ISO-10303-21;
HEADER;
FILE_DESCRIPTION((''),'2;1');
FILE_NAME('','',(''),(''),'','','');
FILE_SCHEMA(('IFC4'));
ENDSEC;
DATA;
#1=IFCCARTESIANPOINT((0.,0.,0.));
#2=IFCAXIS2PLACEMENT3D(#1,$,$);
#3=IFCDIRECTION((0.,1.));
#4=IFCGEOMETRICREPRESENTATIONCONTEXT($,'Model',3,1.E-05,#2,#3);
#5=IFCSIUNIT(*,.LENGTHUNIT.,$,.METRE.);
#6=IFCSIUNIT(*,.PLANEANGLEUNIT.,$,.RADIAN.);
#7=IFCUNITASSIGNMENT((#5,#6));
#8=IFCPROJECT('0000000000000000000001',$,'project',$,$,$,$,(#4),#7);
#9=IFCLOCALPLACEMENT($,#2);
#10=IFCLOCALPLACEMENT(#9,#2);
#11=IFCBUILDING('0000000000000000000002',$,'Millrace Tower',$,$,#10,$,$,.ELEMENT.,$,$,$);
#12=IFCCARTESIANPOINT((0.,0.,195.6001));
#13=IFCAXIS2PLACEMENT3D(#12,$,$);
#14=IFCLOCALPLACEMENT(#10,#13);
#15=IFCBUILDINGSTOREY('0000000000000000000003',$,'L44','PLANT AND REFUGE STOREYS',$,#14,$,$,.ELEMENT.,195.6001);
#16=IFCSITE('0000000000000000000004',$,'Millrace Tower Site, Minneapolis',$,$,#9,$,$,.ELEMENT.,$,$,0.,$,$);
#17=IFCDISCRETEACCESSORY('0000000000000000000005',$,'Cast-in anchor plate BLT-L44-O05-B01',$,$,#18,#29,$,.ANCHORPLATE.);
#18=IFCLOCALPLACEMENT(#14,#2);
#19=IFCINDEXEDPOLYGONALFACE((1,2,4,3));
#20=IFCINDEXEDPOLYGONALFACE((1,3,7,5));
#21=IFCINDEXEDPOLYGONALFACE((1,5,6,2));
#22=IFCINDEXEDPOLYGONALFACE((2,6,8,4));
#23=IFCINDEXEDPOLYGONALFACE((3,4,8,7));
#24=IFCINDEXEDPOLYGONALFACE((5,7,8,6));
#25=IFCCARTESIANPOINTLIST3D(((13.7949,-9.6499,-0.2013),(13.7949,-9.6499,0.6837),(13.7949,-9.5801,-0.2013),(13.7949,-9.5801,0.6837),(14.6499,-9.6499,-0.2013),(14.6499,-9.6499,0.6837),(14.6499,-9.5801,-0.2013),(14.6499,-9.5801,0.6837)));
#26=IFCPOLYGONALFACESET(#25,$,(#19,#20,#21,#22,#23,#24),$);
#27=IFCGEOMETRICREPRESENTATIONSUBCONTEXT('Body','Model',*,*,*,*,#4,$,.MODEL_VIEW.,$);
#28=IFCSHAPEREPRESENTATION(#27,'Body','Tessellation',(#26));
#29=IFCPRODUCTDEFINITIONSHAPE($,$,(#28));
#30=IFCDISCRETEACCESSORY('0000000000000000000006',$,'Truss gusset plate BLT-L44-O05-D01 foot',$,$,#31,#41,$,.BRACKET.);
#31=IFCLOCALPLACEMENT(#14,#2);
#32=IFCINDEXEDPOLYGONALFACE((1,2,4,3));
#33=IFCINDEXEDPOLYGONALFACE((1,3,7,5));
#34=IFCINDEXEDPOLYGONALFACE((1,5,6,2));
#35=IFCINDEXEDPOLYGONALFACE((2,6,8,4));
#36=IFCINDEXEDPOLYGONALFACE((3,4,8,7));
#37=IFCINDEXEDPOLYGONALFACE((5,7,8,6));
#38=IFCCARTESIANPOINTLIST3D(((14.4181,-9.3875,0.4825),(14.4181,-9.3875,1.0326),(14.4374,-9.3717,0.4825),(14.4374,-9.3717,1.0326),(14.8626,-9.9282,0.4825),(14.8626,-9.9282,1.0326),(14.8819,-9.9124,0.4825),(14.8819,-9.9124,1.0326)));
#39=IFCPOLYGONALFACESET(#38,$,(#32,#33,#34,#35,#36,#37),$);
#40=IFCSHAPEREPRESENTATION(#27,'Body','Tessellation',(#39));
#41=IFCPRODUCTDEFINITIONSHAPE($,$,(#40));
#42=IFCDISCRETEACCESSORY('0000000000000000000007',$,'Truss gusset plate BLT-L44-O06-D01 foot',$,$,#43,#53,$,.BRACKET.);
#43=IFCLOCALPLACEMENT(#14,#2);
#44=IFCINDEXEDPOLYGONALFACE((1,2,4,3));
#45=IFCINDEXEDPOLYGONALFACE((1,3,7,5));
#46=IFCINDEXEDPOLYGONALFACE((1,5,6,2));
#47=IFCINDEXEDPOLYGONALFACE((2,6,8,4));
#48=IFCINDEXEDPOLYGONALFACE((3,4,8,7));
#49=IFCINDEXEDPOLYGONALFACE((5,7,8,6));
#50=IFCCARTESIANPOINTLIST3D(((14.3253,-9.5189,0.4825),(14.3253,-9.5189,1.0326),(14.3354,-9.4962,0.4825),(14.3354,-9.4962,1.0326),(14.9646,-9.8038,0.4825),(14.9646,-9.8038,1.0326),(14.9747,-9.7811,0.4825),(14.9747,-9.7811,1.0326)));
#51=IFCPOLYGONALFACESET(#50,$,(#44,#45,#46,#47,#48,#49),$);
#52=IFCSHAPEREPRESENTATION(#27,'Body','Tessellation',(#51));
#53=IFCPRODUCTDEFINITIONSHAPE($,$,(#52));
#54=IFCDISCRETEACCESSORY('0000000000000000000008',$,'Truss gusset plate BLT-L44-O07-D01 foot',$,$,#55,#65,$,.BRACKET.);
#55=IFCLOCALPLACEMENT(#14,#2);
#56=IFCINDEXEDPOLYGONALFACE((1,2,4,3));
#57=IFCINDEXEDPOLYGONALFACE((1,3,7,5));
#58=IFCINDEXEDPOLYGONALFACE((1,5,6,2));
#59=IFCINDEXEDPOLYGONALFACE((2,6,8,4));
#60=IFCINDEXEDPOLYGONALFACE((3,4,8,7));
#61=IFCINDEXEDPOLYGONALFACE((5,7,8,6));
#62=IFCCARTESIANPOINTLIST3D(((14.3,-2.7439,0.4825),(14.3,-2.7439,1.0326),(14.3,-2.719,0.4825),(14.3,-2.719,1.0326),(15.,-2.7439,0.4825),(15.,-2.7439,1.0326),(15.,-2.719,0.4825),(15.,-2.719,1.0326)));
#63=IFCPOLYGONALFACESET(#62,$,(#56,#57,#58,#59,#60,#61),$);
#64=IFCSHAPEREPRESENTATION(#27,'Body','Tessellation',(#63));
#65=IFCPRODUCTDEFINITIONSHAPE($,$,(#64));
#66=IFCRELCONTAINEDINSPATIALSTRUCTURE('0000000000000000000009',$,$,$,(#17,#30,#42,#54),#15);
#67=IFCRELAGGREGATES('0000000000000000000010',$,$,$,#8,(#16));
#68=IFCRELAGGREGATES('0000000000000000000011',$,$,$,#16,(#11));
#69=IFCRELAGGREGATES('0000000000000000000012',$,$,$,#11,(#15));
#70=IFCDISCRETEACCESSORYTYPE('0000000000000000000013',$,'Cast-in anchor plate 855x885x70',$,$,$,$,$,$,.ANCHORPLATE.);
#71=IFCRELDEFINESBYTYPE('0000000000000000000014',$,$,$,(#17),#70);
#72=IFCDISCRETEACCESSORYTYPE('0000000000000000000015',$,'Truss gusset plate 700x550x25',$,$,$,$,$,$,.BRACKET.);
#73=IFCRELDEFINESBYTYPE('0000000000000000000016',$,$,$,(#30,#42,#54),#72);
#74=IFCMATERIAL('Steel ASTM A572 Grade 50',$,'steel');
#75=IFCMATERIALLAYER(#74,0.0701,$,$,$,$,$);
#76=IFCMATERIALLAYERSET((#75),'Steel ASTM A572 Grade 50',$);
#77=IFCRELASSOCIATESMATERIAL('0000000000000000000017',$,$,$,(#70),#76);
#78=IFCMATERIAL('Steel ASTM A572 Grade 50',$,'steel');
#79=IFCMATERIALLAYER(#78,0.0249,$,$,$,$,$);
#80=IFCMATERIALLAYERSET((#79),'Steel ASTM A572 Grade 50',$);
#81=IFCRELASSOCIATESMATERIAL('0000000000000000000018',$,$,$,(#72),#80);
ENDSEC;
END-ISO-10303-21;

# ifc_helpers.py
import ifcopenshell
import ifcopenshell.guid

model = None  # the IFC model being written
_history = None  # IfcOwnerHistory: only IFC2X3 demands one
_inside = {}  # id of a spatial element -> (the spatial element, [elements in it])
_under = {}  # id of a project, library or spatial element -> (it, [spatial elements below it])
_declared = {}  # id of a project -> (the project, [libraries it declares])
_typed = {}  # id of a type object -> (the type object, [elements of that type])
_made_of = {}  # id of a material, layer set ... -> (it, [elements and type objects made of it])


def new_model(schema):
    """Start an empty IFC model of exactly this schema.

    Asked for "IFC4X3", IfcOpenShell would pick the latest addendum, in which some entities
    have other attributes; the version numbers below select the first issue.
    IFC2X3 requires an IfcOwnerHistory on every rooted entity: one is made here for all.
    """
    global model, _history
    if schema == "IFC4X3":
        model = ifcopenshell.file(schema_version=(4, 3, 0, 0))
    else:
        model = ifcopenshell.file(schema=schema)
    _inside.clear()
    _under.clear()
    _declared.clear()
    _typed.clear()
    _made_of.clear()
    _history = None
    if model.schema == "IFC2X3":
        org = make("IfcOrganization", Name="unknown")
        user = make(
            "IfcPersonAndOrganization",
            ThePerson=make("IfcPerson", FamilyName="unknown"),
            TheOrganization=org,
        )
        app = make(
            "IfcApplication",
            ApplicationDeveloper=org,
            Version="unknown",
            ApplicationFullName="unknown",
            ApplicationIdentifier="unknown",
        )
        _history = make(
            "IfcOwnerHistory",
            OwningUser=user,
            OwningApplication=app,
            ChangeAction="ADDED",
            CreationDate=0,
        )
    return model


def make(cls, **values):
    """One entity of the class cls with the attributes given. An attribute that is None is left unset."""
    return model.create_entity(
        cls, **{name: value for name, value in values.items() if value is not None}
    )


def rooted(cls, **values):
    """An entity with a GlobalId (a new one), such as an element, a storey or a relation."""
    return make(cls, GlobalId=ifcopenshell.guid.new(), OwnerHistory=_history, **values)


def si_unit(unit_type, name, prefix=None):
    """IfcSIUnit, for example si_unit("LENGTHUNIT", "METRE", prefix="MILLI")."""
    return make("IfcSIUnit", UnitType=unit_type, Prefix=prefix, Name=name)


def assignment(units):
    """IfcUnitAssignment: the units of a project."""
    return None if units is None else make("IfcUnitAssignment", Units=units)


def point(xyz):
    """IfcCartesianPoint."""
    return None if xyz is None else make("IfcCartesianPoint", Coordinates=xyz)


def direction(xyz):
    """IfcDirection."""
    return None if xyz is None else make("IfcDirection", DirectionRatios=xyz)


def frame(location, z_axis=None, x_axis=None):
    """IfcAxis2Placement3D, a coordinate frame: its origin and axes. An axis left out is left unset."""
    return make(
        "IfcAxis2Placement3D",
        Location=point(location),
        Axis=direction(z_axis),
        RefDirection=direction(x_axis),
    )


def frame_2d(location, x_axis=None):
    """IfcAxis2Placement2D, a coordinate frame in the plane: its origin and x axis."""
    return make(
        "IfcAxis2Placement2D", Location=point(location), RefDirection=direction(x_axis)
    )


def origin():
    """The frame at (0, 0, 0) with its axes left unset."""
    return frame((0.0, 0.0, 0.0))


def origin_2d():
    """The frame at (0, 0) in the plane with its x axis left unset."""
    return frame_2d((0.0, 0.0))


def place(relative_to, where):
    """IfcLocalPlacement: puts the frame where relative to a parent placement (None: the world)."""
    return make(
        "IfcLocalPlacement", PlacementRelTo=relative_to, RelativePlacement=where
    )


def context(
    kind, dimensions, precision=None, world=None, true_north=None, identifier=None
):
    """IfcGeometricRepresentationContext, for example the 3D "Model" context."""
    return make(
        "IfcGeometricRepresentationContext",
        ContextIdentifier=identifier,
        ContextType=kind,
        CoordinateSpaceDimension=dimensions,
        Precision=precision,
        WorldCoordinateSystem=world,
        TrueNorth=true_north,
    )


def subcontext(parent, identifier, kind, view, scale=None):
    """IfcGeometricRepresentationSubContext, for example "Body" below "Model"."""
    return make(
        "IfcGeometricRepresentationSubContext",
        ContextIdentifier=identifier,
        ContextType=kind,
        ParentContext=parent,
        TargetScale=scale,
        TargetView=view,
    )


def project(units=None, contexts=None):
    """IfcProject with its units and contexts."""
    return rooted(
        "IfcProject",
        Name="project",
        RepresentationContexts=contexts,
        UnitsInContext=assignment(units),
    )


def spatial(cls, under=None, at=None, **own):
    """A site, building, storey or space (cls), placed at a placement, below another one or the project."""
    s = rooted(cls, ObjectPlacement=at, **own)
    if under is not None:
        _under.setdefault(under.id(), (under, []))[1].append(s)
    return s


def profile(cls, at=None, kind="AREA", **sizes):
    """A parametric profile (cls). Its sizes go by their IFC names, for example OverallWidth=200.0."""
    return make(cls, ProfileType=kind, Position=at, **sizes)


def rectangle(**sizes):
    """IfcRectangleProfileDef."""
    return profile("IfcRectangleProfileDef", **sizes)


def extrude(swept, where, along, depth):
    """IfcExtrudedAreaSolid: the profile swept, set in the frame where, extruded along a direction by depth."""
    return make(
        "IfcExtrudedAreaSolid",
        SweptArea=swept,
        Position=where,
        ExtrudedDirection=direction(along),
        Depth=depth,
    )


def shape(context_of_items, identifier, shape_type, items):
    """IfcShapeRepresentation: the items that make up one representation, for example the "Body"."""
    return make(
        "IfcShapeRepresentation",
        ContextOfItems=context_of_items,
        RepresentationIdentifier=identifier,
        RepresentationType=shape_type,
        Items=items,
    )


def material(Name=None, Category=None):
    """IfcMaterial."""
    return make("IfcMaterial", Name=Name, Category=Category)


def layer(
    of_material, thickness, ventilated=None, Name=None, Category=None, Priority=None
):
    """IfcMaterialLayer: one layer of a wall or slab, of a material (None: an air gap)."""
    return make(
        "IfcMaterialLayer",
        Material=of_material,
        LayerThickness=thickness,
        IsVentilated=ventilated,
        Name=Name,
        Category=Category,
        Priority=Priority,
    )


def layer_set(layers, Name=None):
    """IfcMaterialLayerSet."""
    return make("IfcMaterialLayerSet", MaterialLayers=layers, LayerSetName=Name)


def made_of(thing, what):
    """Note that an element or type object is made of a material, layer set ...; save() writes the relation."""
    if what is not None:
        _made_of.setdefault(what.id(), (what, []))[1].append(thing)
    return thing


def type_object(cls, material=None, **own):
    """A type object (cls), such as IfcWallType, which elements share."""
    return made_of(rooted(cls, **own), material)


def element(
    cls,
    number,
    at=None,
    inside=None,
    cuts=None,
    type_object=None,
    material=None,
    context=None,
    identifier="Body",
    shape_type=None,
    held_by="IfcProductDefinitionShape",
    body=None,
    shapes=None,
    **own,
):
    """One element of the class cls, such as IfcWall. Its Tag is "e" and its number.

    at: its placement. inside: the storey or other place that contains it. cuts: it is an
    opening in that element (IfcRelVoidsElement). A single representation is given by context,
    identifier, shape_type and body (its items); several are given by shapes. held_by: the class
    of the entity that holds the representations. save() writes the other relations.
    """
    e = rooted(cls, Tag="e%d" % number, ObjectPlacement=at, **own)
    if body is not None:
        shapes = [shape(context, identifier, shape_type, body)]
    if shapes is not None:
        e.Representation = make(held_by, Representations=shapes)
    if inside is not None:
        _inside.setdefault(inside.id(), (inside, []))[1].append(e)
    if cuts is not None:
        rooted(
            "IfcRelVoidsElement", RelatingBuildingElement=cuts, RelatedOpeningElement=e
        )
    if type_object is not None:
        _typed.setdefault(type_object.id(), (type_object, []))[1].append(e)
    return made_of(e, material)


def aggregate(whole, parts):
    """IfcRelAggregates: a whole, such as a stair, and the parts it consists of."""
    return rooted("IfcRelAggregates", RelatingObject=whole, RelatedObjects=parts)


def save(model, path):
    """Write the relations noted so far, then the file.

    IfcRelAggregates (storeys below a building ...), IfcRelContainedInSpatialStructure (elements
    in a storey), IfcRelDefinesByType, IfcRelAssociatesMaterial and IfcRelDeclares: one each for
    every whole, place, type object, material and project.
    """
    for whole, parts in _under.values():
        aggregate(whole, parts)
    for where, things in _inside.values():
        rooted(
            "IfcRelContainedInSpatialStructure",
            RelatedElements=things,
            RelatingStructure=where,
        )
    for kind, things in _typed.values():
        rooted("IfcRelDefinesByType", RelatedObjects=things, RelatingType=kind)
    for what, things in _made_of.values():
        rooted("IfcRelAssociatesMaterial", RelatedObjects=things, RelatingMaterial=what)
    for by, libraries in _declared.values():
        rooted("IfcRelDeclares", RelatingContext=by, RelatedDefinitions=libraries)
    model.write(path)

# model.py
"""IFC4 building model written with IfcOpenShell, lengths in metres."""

from ifc_helpers import new_model, si_unit, direction, frame, origin, origin_2d, place, context, subcontext, project, spatial, rectangle, extrude, material, layer, layer_set, type_object, element, save


model = new_model("IFC4")

# Units and contexts
model_context = context("Model", 3, precision=1e-05, world=origin(), true_north=direction((0.0, 1.0)))
body_context = subcontext(model_context, "Body", "Model", "MODEL_VIEW")
ifc_project = project(units=[si_unit("LENGTHUNIT", "METRE"), si_unit("PLANEANGLEUNIT", "RADIAN")], contexts=[model_context])

# Site, building, storey
site_placement = place(None, origin())
site = spatial("IfcSite", under=ifc_project, at=site_placement, Name="Millrace Tower Site, Minneapolis", CompositionType="ELEMENT", RefElevation=0.0)
building_placement = place(site_placement, origin())
building = spatial("IfcBuilding", under=site, at=building_placement, Name="Millrace Tower", CompositionType="ELEMENT")
storey_placement = place(building_placement, frame((0.0, 0.0, 195.6001)))
storey = spatial("IfcBuildingStorey", under=building, at=storey_placement, Name="L44", Description="PLANT AND REFUGE STOREYS", CompositionType="ELEMENT", Elevation=195.6001)

# Discrete accessories
ifc_material_1 = material(Name="Steel ASTM A572 Grade 50", Category="steel")
ifc_layer_1 = layer(ifc_material_1, 0.0701)
ifc_layer_set_1 = layer_set([ifc_layer_1], Name="Steel ASTM A572 Grade 50")
discrete_accessory_type_1 = type_object("IfcDiscreteAccessoryType", Name="Cast-in anchor plate 855x885x70", PredefinedType="ANCHORPLATE", material=ifc_layer_set_1)
discrete_accessory_1_placement = place(storey_placement, frame((14.2224, -9.5801, 0.2412), z_axis=(0.0, -1.0, 0.0), x_axis=(1.0, 0.0, 0.0)))
element("IfcDiscreteAccessory", 1, at=discrete_accessory_1_placement, inside=storey, type_object=discrete_accessory_type_1, Name="Cast-in anchor plate BLT-L44-O05-B01", PredefinedType="ANCHORPLATE", context=body_context, shape_type="SweptSolid", body=[
    extrude(rectangle(XDim=0.855, YDim=0.885, at=origin_2d()), origin(), (0.0, 0.0, 1.0), 0.0698),
])
ifc_material_2 = material(Name="Steel ASTM A572 Grade 50", Category="steel")
ifc_layer_2 = layer(ifc_material_2, 0.0249)
ifc_layer_set_2 = layer_set([ifc_layer_2], Name="Steel ASTM A572 Grade 50")
discrete_accessory_type_2 = type_object("IfcDiscreteAccessoryType", Name="Truss gusset plate 700x550x25", PredefinedType="BRACKET", material=ifc_layer_set_2)
for number, where, z_axis, x_axis, name in (
    (2, (14.4277, -9.3796, 0.7576), (0.635059, -0.772464, 0.0), (0.772464, 0.635059, 0.0), "Truss gusset plate BLT-L44-O05-D01 foot"),
    (3, (14.3303, -9.5076, 0.7576), (0.913423, -0.407012, 0.0), (0.407012, 0.913423, 0.0), "Truss gusset plate BLT-L44-O06-D01 foot"),
    (4, (14.3, -2.7314, 0.7576), (1.0, 0.0, 0.0), (0.0, 1.0, 0.0), "Truss gusset plate BLT-L44-O07-D01 foot"),
):
    element("IfcDiscreteAccessory", number, at=place(storey_placement, frame(where, z_axis=z_axis, x_axis=x_axis)), inside=storey, type_object=discrete_accessory_type_2, Name=name, PredefinedType="BRACKET", context=body_context, shape_type="SweptSolid", body=[
        extrude(rectangle(XDim=0.0249, YDim=0.55, at=origin_2d()), origin(), (0.0, 0.0, 1.0), 0.7),
    ])

save(model, "model.ifc")
